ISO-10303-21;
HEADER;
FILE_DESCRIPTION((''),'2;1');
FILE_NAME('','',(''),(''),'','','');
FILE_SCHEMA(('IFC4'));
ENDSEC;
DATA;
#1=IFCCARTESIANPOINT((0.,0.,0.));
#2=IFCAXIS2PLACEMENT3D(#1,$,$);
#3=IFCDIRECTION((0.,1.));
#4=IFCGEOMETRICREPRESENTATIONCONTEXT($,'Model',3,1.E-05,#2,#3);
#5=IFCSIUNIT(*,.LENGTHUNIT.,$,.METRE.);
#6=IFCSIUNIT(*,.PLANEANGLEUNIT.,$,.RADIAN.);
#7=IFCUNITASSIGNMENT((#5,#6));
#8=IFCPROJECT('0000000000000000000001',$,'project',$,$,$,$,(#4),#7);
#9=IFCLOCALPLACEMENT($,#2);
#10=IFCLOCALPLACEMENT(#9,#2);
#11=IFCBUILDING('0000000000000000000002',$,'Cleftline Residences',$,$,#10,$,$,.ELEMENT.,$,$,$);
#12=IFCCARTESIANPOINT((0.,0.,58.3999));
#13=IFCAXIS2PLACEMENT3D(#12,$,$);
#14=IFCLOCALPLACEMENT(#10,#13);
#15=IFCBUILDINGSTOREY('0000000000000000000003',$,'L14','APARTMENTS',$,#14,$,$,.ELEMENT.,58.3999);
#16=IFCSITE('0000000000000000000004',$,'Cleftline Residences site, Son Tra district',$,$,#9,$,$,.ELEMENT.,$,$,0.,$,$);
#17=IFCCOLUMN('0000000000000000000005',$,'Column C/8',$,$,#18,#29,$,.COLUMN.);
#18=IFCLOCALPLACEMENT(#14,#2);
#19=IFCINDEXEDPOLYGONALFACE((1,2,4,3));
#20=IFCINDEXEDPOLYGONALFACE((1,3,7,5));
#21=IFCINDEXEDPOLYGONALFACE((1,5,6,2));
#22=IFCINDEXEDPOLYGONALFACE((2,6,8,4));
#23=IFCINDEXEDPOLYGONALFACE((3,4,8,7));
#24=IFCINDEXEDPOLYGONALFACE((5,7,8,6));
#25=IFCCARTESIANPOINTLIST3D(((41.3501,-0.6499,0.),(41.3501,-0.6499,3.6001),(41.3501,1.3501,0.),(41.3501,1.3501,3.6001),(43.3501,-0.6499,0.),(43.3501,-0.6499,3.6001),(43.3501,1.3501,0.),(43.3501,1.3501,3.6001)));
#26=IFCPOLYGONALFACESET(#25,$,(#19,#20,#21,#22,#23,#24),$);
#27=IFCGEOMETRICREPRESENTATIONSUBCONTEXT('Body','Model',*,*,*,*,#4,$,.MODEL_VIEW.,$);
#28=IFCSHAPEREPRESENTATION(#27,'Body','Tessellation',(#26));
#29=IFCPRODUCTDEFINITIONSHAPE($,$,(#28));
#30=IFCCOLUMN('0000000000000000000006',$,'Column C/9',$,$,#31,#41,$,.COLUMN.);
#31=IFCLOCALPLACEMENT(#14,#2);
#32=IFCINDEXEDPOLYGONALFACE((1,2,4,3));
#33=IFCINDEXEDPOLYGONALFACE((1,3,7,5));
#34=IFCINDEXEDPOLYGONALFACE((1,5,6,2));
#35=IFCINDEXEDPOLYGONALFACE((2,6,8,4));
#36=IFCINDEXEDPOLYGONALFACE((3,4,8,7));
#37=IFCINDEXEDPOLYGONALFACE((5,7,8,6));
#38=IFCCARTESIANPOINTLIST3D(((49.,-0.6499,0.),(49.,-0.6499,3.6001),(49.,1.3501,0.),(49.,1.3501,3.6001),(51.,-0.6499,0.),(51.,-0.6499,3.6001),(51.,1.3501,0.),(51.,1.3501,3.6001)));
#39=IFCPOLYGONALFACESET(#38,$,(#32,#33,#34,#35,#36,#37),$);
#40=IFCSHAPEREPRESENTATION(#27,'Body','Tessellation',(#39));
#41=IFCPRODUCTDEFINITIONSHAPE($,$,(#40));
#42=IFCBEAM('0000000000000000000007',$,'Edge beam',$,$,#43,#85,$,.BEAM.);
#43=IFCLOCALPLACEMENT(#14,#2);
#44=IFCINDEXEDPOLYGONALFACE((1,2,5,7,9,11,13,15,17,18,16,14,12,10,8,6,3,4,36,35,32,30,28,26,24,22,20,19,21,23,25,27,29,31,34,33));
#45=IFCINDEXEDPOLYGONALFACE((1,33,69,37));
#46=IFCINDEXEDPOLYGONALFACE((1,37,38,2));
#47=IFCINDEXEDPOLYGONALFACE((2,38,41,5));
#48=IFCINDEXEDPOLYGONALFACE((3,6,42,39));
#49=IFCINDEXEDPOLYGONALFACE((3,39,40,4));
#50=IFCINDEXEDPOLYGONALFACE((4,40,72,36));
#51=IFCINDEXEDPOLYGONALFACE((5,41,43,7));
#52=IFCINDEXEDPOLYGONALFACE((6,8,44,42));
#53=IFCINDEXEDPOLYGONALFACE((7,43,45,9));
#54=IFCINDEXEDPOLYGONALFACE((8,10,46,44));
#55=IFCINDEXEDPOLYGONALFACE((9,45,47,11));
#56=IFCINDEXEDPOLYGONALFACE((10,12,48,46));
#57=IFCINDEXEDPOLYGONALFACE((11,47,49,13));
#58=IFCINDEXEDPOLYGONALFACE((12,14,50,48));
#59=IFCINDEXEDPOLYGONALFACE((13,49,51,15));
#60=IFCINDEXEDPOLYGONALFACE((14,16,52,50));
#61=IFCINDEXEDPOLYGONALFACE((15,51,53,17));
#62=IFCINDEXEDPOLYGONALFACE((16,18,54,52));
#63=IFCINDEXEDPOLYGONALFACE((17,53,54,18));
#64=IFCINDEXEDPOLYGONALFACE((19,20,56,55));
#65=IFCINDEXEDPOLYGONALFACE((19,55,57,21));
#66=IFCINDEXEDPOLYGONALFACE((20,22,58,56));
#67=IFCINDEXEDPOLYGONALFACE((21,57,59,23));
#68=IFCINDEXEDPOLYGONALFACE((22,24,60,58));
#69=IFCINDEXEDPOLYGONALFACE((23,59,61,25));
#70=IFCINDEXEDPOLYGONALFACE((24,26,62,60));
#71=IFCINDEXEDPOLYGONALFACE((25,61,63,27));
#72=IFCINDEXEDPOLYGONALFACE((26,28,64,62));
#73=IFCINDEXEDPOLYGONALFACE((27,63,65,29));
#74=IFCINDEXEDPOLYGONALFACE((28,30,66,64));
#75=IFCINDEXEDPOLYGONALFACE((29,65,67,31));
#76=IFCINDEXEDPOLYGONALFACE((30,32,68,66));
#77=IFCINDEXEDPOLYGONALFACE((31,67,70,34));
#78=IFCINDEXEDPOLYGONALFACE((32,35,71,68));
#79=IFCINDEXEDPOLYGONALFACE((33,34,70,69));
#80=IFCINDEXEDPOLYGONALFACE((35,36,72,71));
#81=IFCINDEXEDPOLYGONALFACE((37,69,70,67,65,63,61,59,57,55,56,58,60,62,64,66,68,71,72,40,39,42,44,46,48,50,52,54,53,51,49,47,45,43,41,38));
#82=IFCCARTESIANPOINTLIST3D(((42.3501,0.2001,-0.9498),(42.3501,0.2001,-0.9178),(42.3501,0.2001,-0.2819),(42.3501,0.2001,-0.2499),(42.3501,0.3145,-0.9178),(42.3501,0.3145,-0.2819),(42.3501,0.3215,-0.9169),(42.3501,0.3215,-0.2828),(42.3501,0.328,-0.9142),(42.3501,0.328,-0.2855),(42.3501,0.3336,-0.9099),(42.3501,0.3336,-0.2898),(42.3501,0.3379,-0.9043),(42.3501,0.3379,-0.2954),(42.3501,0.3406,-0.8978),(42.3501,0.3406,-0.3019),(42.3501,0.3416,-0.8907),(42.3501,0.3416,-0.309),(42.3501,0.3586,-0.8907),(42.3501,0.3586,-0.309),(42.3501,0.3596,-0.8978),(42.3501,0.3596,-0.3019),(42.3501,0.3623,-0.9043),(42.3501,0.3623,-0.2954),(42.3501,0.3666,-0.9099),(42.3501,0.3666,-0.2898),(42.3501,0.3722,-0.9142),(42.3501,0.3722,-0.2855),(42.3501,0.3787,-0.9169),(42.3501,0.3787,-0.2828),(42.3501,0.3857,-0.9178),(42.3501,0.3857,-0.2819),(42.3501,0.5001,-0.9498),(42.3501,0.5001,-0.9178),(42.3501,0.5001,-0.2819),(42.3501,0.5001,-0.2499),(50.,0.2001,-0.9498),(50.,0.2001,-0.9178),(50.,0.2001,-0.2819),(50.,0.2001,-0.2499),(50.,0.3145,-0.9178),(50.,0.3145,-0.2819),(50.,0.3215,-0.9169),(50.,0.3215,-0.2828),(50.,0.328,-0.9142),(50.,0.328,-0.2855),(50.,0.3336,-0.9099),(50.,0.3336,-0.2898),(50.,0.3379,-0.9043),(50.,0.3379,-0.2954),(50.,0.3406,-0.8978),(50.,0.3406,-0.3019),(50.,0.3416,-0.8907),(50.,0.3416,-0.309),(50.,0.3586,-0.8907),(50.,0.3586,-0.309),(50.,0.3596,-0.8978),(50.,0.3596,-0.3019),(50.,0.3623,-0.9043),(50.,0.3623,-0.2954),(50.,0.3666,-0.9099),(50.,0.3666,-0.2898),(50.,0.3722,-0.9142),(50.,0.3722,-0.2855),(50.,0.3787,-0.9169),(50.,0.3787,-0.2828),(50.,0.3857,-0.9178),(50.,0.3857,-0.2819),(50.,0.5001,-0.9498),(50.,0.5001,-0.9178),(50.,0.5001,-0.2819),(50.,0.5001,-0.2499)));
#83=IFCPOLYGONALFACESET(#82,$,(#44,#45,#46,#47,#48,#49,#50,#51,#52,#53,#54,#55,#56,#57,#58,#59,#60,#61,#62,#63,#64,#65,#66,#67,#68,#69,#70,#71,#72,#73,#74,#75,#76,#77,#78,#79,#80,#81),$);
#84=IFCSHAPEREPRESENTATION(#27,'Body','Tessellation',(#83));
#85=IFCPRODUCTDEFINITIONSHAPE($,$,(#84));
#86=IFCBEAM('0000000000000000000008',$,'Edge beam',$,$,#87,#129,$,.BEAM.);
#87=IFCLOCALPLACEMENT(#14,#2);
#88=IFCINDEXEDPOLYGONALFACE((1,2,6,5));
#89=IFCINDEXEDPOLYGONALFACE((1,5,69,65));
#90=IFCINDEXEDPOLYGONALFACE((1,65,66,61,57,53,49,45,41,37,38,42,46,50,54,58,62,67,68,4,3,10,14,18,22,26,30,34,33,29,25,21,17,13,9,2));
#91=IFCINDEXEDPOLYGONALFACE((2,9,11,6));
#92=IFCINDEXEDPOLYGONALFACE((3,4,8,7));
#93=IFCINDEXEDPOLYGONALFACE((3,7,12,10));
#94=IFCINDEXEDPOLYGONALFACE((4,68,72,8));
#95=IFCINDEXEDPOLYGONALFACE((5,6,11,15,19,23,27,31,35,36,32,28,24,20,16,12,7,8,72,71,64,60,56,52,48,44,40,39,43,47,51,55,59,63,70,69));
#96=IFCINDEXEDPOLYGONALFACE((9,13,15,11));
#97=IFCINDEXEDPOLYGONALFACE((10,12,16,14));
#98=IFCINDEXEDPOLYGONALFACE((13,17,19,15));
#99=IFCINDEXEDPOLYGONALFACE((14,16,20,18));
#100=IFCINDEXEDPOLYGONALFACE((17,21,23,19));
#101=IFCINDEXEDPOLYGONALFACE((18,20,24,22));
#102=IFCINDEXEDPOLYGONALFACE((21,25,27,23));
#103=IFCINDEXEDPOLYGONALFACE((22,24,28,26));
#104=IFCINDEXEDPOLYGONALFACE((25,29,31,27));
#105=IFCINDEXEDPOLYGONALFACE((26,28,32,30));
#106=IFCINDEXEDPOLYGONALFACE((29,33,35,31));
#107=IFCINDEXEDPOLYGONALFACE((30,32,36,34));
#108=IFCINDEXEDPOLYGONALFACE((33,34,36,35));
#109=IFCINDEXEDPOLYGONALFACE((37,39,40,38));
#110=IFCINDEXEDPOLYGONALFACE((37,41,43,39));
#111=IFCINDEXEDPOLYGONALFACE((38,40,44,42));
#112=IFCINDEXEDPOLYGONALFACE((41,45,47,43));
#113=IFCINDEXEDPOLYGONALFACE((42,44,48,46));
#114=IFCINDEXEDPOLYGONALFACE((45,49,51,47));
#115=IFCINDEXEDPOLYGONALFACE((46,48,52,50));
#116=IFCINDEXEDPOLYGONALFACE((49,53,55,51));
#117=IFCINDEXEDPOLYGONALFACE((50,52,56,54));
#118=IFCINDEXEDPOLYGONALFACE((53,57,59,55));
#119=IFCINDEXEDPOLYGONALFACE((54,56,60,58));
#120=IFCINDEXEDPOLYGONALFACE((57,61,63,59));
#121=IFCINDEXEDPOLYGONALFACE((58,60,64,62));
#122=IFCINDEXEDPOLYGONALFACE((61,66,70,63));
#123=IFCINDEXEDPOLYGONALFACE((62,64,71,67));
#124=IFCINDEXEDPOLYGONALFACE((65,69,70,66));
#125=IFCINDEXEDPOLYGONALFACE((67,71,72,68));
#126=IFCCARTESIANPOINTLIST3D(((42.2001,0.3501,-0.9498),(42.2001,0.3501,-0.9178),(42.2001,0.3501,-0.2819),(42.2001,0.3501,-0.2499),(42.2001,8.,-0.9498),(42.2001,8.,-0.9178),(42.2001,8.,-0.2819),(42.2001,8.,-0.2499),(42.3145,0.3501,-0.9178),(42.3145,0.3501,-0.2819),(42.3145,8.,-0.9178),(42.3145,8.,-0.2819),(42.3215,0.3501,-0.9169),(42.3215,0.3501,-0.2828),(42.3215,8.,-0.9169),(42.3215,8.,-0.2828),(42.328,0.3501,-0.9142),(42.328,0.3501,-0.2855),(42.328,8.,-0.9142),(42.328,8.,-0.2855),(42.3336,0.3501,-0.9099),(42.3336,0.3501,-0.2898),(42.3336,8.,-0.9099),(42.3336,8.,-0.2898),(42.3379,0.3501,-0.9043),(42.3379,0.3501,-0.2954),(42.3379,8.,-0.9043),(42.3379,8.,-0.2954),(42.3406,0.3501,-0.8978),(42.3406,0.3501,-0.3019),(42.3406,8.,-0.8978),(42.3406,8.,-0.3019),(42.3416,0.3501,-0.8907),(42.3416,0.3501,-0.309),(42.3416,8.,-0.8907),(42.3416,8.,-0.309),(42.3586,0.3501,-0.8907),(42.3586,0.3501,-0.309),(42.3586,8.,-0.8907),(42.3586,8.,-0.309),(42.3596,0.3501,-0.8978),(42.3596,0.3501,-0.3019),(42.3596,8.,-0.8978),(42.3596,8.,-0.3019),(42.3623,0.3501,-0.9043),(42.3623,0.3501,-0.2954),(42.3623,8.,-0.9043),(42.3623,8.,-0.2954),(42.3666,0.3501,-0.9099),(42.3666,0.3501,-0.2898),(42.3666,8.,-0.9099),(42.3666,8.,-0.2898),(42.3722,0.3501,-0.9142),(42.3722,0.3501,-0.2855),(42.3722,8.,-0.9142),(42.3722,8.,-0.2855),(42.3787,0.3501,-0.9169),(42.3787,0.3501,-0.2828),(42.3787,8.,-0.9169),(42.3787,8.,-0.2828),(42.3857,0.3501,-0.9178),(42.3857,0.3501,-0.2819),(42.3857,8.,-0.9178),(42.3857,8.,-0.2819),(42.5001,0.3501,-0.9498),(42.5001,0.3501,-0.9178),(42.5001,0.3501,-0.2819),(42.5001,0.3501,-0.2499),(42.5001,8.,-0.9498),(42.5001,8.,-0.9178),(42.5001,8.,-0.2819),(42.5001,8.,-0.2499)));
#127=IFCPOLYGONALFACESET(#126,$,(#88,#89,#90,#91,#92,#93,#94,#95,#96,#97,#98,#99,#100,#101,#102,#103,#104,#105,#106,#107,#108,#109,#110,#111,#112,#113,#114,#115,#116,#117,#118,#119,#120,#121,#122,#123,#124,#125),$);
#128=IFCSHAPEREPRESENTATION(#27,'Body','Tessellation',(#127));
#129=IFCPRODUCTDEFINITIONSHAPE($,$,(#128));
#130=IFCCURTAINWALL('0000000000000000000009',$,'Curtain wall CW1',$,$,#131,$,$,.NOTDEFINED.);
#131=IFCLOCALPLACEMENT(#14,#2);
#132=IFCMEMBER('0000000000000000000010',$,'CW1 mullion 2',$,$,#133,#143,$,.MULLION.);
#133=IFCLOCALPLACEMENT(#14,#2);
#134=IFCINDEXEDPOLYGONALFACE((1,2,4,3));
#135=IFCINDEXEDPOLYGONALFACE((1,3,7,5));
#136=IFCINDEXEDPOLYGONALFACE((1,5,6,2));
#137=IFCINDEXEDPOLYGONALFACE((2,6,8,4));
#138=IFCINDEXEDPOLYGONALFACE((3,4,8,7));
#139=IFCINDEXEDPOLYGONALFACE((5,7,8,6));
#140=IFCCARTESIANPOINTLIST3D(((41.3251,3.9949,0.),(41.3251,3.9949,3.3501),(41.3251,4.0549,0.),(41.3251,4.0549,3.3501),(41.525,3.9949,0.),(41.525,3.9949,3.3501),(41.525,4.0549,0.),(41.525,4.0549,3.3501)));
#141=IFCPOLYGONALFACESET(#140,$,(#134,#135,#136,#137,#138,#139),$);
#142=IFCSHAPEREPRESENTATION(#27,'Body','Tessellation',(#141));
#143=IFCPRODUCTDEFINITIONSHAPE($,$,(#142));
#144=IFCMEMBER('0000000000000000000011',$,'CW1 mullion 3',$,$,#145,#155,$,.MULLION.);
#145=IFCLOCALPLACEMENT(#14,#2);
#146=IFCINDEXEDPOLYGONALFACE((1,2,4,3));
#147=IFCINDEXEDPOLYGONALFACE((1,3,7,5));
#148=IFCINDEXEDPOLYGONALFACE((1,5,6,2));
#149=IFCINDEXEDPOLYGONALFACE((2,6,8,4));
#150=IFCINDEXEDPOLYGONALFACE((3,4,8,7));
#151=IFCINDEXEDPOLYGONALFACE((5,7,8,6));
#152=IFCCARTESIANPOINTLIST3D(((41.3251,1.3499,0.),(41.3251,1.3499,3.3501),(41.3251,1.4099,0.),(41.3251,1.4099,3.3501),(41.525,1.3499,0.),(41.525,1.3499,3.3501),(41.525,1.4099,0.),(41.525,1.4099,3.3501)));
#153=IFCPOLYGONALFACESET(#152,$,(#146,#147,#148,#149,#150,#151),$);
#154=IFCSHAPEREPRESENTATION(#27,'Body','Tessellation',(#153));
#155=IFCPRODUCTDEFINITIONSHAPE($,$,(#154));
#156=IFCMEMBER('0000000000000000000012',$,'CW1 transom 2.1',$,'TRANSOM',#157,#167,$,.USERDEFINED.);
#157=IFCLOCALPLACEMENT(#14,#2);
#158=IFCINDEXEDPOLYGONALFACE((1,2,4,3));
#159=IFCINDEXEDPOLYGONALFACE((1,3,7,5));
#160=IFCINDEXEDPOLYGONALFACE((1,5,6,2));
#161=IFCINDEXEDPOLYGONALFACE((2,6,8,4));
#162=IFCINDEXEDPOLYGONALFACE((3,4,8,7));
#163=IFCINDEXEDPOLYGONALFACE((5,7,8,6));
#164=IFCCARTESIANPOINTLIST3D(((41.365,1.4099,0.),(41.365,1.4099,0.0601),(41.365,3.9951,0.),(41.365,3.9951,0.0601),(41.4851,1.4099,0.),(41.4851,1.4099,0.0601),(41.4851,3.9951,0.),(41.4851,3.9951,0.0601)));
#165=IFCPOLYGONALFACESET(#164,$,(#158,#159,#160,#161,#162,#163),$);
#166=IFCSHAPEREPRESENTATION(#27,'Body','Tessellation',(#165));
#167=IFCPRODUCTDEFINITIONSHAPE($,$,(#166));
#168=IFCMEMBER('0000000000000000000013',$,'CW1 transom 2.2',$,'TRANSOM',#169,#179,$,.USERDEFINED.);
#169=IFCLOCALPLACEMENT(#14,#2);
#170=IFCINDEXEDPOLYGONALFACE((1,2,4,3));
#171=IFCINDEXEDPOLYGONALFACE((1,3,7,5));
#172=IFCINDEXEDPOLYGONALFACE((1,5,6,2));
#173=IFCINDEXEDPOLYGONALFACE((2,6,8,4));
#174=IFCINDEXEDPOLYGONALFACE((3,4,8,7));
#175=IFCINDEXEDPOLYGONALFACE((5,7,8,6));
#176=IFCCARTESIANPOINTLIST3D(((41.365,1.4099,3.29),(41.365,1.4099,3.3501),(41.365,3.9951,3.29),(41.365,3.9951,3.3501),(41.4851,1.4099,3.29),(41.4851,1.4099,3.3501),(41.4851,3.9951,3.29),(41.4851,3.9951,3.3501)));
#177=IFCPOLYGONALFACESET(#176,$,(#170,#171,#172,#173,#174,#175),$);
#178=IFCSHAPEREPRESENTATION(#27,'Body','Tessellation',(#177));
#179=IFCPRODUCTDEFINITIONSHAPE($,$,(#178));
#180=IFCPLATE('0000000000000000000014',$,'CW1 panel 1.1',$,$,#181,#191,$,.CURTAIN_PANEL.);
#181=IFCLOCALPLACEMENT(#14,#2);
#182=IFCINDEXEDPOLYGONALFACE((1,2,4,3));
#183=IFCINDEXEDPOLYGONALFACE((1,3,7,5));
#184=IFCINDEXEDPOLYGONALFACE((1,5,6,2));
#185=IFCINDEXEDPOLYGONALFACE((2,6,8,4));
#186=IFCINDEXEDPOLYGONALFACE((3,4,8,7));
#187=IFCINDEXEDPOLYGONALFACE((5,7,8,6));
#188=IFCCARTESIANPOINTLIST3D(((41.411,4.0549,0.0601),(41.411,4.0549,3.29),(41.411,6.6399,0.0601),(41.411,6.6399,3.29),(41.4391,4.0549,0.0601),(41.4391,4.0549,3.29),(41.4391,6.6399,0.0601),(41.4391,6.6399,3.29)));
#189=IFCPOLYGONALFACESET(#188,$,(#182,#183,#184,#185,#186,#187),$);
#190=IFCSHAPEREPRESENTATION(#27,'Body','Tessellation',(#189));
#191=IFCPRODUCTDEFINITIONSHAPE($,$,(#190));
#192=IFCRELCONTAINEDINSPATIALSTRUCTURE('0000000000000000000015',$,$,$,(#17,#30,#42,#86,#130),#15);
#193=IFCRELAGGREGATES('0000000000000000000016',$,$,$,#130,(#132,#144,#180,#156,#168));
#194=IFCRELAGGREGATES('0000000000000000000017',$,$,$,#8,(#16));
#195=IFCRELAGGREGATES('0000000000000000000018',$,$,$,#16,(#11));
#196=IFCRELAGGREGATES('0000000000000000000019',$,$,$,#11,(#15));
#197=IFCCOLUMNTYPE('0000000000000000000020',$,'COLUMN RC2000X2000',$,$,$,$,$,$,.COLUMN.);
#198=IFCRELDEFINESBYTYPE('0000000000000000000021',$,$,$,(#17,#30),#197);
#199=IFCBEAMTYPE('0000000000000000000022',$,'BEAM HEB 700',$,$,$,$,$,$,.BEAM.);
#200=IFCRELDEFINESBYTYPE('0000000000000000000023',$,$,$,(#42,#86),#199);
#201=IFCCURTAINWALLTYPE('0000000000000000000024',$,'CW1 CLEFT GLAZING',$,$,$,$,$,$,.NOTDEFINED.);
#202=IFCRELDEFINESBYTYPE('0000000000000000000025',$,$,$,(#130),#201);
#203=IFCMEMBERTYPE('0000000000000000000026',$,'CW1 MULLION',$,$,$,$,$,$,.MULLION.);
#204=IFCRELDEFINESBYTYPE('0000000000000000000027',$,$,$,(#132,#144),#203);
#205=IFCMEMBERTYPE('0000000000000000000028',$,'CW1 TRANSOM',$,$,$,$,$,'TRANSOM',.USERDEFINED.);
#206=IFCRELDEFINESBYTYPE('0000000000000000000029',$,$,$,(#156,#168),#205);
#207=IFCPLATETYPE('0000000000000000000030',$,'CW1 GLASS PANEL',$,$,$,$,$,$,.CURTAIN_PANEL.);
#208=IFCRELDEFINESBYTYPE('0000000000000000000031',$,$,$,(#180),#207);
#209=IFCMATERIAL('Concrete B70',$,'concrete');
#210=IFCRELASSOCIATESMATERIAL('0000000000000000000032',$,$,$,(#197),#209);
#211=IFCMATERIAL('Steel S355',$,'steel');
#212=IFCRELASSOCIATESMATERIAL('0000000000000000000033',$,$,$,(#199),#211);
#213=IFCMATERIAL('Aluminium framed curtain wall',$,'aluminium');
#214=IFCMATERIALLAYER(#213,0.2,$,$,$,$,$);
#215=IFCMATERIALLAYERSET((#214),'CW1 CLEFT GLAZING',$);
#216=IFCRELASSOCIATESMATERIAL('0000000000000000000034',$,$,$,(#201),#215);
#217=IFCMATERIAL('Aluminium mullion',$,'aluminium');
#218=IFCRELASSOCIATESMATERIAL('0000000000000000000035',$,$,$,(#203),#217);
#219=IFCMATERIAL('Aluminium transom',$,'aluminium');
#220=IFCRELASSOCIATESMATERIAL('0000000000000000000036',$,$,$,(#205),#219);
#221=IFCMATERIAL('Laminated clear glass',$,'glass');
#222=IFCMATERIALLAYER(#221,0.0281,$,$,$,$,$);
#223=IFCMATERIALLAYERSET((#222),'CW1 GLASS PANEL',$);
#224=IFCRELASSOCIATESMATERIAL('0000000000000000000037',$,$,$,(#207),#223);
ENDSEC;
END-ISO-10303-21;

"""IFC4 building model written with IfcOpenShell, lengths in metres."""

from ifc_helpers import new_model, si_unit, direction, frame, origin, origin_2d, place, context, subcontext, project, spatial, rectangle, i_section, extrude, material, layer, layer_set, material_profile, profile_set, type_object, element, aggregate, save


model = new_model("IFC4")

# Units and contexts
model_context = context("Model", 3, precision=1e-05, world=origin(), true_north=direction((0.0, 1.0)))
body_context = subcontext(model_context, "Body", "Model", "MODEL_VIEW")
ifc_project = project(units=[si_unit("LENGTHUNIT", "METRE"), si_unit("PLANEANGLEUNIT", "RADIAN")], contexts=[model_context])

# Site, building, storey
site_placement = place(None, origin())
site = spatial("IfcSite", under=ifc_project, at=site_placement, Name="Cleftline Residences site, Son Tra district", CompositionType="ELEMENT", RefElevation=0.0)
building_placement = place(site_placement, origin())
building = spatial("IfcBuilding", under=site, at=building_placement, Name="Cleftline Residences", CompositionType="ELEMENT")
storey_placement = place(building_placement, frame((0.0, 0.0, 58.3999)))
storey = spatial("IfcBuildingStorey", under=building, at=storey_placement, Name="L14", Description="APARTMENTS", CompositionType="ELEMENT", Elevation=58.3999)

# Columns
ifc_material_1 = material(Name="Concrete B70", Category="concrete")
ifc_material_profile_1 = material_profile(ifc_material_1, rectangle(XDim=2.0, YDim=2.0, at=origin_2d()))
ifc_profile_set_1 = profile_set([ifc_material_profile_1], Name="Concrete B70")
column_type = type_object("IfcColumnType", Name="COLUMN RC2000X2000", PredefinedType="COLUMN", material=ifc_profile_set_1)
for number, where, z_axis, x_axis, name in (
    (1, (42.3501, 0.3501, 0.0), (0.0, 0.0, 1.0), (1.0, 0.0, 0.0), "Column C/8"),
    (2, (50.0, 0.3501, 0.0), (0.0, 0.0, 1.0), (1.0, 0.0, 0.0), "Column C/9"),
):
    element("IfcColumn", number, at=place(storey_placement, frame(where, z_axis=z_axis, x_axis=x_axis)), inside=storey, type_object=column_type, Name=name, PredefinedType="COLUMN", context=body_context, shape_type="SweptSolid", body=[
        extrude(rectangle(XDim=2.0, YDim=2.0, at=origin_2d()), origin(), (0.0, 0.0, 1.0), 3.6001),
    ])

# Beams
ifc_material_2 = material(Name="Steel S355", Category="steel")
ifc_material_profile_2 = material_profile(ifc_material_2, i_section(OverallWidth=0.3, OverallDepth=0.7, WebThickness=0.0171, FlangeThickness=0.032, FilletRadius=0.0271, at=origin_2d()))
ifc_profile_set_2 = profile_set([ifc_material_profile_2], Name="Steel S355")
beam_type = type_object("IfcBeamType", Name="BEAM HEB 700", PredefinedType="BEAM", material=ifc_profile_set_2)
for number, where, z_axis, x_axis, name in (
    (3, (50.0, 0.3501, -0.5999), (-1.0, 0.0, 0.0), (0.0, -1.0, 0.0), "Edge beam"),
    (4, (42.3501, 0.3501, -0.5999), (0.0, 1.0, 0.0), (-1.0, 0.0, 0.0), "Edge beam"),
):
    element("IfcBeam", number, at=place(storey_placement, frame(where, z_axis=z_axis, x_axis=x_axis)), inside=storey, type_object=beam_type, Name=name, PredefinedType="BEAM", context=body_context, shape_type="SweptSolid", body=[
        extrude(i_section(OverallWidth=0.3, OverallDepth=0.7, WebThickness=0.0171, FlangeThickness=0.032, FilletRadius=0.0271, at=origin_2d()), origin(), (0.0, 0.0, 1.0), 7.6499),
    ])

# Curtain wall, members, plate
ifc_material_3 = material(Name="Aluminium framed curtain wall", Category="aluminium")
ifc_layer_1 = layer(ifc_material_3, 0.2)
ifc_layer_set_1 = layer_set([ifc_layer_1], Name="CW1 CLEFT GLAZING")
curtain_wall_type = type_object("IfcCurtainWallType", Name="CW1 CLEFT GLAZING", PredefinedType="NOTDEFINED", material=ifc_layer_set_1)
curtain_wall_placement = place(storey_placement, origin())
curtain_wall = element("IfcCurtainWall", 5, at=curtain_wall_placement, inside=storey, type_object=curtain_wall_type, Name="Curtain wall CW1", PredefinedType="NOTDEFINED")
ifc_material_4 = material(Name="Aluminium mullion", Category="aluminium")
ifc_material_profile_3 = material_profile(ifc_material_4, rectangle(XDim=0.2, YDim=0.0601, at=origin_2d()))
ifc_profile_set_3 = profile_set([ifc_material_profile_3], Name="Aluminium mullion")
member_type_1 = type_object("IfcMemberType", Name="CW1 MULLION", PredefinedType="MULLION", material=ifc_profile_set_3)
member_1_placement = place(storey_placement, frame((41.425, 4.0249, 0.0), z_axis=(0.0, 0.0, 1.0), x_axis=(1.0, 0.0, 0.0)))
member_1 = element("IfcMember", 6, at=member_1_placement, type_object=member_type_1, Name="CW1 mullion 2", PredefinedType="MULLION", context=body_context, shape_type="SweptSolid", body=[
    extrude(rectangle(XDim=0.2, YDim=0.0601, at=origin_2d()), origin(), (0.0, 0.0, 1.0), 3.3501),
])
member_2_placement = place(storey_placement, frame((41.425, 1.3799, 0.0), z_axis=(0.0, 0.0, 1.0), x_axis=(1.0, 0.0, 0.0)))
member_2 = element("IfcMember", 7, at=member_2_placement, type_object=member_type_1, Name="CW1 mullion 3", PredefinedType="MULLION", context=body_context, shape_type="SweptSolid", body=[
    extrude(rectangle(XDim=0.2, YDim=0.0601, at=origin_2d()), origin(), (0.0, 0.0, 1.0), 3.3501),
])
ifc_material_5 = material(Name="Aluminium transom", Category="aluminium")
ifc_material_profile_4 = material_profile(ifc_material_5, rectangle(XDim=0.1201, YDim=0.0601, at=origin_2d()))
ifc_profile_set_4 = profile_set([ifc_material_profile_4], Name="Aluminium transom")
member_type_2 = type_object("IfcMemberType", Name="CW1 TRANSOM", ElementType="TRANSOM", PredefinedType="USERDEFINED", material=ifc_profile_set_4)
member_3_placement = place(storey_placement, frame((41.425, 3.9951, 0.03), z_axis=(0.0, -1.0, 0.0), x_axis=(1.0, 0.0, 0.0)))
member_3 = element("IfcMember", 8, at=member_3_placement, type_object=member_type_2, Name="CW1 transom 2.1", ObjectType="TRANSOM", PredefinedType="USERDEFINED", context=body_context, shape_type="SweptSolid", body=[
    extrude(rectangle(XDim=0.1201, YDim=0.0601, at=origin_2d()), origin(), (0.0, 0.0, 1.0), 2.5852),
])
member_4_placement = place(storey_placement, frame((41.425, 3.9951, 3.3201), z_axis=(0.0, -1.0, 0.0), x_axis=(1.0, 0.0, 0.0)))
member_4 = element("IfcMember", 9, at=member_4_placement, type_object=member_type_2, Name="CW1 transom 2.2", ObjectType="TRANSOM", PredefinedType="USERDEFINED", context=body_context, shape_type="SweptSolid", body=[
    extrude(rectangle(XDim=0.1201, YDim=0.0601, at=origin_2d()), origin(), (0.0, 0.0, 1.0), 2.5852),
])
ifc_material_6 = material(Name="Laminated clear glass", Category="glass")
ifc_layer_2 = layer(ifc_material_6, 0.0281)
ifc_layer_set_2 = layer_set([ifc_layer_2], Name="CW1 GLASS PANEL")
plate_type = type_object("IfcPlateType", Name="CW1 GLASS PANEL", PredefinedType="CURTAIN_PANEL", material=ifc_layer_set_2)
plate_1_placement = place(storey_placement, frame((41.425, 5.3474, 0.0601), z_axis=(0.0, 0.0, 1.0), x_axis=(0.0, -1.0, 0.0)))
plate_1 = element("IfcPlate", 10, at=plate_1_placement, type_object=plate_type, Name="CW1 panel 1.1", PredefinedType="CURTAIN_PANEL", context=body_context, shape_type="SweptSolid", body=[
    extrude(rectangle(XDim=2.585, YDim=0.0281, at=origin_2d()), origin(), (0.0, 0.0, 1.0), 3.23),
])
aggregate(curtain_wall, [member_1, member_2, plate_1, member_3, member_4])

save(model, "model.ifc")
